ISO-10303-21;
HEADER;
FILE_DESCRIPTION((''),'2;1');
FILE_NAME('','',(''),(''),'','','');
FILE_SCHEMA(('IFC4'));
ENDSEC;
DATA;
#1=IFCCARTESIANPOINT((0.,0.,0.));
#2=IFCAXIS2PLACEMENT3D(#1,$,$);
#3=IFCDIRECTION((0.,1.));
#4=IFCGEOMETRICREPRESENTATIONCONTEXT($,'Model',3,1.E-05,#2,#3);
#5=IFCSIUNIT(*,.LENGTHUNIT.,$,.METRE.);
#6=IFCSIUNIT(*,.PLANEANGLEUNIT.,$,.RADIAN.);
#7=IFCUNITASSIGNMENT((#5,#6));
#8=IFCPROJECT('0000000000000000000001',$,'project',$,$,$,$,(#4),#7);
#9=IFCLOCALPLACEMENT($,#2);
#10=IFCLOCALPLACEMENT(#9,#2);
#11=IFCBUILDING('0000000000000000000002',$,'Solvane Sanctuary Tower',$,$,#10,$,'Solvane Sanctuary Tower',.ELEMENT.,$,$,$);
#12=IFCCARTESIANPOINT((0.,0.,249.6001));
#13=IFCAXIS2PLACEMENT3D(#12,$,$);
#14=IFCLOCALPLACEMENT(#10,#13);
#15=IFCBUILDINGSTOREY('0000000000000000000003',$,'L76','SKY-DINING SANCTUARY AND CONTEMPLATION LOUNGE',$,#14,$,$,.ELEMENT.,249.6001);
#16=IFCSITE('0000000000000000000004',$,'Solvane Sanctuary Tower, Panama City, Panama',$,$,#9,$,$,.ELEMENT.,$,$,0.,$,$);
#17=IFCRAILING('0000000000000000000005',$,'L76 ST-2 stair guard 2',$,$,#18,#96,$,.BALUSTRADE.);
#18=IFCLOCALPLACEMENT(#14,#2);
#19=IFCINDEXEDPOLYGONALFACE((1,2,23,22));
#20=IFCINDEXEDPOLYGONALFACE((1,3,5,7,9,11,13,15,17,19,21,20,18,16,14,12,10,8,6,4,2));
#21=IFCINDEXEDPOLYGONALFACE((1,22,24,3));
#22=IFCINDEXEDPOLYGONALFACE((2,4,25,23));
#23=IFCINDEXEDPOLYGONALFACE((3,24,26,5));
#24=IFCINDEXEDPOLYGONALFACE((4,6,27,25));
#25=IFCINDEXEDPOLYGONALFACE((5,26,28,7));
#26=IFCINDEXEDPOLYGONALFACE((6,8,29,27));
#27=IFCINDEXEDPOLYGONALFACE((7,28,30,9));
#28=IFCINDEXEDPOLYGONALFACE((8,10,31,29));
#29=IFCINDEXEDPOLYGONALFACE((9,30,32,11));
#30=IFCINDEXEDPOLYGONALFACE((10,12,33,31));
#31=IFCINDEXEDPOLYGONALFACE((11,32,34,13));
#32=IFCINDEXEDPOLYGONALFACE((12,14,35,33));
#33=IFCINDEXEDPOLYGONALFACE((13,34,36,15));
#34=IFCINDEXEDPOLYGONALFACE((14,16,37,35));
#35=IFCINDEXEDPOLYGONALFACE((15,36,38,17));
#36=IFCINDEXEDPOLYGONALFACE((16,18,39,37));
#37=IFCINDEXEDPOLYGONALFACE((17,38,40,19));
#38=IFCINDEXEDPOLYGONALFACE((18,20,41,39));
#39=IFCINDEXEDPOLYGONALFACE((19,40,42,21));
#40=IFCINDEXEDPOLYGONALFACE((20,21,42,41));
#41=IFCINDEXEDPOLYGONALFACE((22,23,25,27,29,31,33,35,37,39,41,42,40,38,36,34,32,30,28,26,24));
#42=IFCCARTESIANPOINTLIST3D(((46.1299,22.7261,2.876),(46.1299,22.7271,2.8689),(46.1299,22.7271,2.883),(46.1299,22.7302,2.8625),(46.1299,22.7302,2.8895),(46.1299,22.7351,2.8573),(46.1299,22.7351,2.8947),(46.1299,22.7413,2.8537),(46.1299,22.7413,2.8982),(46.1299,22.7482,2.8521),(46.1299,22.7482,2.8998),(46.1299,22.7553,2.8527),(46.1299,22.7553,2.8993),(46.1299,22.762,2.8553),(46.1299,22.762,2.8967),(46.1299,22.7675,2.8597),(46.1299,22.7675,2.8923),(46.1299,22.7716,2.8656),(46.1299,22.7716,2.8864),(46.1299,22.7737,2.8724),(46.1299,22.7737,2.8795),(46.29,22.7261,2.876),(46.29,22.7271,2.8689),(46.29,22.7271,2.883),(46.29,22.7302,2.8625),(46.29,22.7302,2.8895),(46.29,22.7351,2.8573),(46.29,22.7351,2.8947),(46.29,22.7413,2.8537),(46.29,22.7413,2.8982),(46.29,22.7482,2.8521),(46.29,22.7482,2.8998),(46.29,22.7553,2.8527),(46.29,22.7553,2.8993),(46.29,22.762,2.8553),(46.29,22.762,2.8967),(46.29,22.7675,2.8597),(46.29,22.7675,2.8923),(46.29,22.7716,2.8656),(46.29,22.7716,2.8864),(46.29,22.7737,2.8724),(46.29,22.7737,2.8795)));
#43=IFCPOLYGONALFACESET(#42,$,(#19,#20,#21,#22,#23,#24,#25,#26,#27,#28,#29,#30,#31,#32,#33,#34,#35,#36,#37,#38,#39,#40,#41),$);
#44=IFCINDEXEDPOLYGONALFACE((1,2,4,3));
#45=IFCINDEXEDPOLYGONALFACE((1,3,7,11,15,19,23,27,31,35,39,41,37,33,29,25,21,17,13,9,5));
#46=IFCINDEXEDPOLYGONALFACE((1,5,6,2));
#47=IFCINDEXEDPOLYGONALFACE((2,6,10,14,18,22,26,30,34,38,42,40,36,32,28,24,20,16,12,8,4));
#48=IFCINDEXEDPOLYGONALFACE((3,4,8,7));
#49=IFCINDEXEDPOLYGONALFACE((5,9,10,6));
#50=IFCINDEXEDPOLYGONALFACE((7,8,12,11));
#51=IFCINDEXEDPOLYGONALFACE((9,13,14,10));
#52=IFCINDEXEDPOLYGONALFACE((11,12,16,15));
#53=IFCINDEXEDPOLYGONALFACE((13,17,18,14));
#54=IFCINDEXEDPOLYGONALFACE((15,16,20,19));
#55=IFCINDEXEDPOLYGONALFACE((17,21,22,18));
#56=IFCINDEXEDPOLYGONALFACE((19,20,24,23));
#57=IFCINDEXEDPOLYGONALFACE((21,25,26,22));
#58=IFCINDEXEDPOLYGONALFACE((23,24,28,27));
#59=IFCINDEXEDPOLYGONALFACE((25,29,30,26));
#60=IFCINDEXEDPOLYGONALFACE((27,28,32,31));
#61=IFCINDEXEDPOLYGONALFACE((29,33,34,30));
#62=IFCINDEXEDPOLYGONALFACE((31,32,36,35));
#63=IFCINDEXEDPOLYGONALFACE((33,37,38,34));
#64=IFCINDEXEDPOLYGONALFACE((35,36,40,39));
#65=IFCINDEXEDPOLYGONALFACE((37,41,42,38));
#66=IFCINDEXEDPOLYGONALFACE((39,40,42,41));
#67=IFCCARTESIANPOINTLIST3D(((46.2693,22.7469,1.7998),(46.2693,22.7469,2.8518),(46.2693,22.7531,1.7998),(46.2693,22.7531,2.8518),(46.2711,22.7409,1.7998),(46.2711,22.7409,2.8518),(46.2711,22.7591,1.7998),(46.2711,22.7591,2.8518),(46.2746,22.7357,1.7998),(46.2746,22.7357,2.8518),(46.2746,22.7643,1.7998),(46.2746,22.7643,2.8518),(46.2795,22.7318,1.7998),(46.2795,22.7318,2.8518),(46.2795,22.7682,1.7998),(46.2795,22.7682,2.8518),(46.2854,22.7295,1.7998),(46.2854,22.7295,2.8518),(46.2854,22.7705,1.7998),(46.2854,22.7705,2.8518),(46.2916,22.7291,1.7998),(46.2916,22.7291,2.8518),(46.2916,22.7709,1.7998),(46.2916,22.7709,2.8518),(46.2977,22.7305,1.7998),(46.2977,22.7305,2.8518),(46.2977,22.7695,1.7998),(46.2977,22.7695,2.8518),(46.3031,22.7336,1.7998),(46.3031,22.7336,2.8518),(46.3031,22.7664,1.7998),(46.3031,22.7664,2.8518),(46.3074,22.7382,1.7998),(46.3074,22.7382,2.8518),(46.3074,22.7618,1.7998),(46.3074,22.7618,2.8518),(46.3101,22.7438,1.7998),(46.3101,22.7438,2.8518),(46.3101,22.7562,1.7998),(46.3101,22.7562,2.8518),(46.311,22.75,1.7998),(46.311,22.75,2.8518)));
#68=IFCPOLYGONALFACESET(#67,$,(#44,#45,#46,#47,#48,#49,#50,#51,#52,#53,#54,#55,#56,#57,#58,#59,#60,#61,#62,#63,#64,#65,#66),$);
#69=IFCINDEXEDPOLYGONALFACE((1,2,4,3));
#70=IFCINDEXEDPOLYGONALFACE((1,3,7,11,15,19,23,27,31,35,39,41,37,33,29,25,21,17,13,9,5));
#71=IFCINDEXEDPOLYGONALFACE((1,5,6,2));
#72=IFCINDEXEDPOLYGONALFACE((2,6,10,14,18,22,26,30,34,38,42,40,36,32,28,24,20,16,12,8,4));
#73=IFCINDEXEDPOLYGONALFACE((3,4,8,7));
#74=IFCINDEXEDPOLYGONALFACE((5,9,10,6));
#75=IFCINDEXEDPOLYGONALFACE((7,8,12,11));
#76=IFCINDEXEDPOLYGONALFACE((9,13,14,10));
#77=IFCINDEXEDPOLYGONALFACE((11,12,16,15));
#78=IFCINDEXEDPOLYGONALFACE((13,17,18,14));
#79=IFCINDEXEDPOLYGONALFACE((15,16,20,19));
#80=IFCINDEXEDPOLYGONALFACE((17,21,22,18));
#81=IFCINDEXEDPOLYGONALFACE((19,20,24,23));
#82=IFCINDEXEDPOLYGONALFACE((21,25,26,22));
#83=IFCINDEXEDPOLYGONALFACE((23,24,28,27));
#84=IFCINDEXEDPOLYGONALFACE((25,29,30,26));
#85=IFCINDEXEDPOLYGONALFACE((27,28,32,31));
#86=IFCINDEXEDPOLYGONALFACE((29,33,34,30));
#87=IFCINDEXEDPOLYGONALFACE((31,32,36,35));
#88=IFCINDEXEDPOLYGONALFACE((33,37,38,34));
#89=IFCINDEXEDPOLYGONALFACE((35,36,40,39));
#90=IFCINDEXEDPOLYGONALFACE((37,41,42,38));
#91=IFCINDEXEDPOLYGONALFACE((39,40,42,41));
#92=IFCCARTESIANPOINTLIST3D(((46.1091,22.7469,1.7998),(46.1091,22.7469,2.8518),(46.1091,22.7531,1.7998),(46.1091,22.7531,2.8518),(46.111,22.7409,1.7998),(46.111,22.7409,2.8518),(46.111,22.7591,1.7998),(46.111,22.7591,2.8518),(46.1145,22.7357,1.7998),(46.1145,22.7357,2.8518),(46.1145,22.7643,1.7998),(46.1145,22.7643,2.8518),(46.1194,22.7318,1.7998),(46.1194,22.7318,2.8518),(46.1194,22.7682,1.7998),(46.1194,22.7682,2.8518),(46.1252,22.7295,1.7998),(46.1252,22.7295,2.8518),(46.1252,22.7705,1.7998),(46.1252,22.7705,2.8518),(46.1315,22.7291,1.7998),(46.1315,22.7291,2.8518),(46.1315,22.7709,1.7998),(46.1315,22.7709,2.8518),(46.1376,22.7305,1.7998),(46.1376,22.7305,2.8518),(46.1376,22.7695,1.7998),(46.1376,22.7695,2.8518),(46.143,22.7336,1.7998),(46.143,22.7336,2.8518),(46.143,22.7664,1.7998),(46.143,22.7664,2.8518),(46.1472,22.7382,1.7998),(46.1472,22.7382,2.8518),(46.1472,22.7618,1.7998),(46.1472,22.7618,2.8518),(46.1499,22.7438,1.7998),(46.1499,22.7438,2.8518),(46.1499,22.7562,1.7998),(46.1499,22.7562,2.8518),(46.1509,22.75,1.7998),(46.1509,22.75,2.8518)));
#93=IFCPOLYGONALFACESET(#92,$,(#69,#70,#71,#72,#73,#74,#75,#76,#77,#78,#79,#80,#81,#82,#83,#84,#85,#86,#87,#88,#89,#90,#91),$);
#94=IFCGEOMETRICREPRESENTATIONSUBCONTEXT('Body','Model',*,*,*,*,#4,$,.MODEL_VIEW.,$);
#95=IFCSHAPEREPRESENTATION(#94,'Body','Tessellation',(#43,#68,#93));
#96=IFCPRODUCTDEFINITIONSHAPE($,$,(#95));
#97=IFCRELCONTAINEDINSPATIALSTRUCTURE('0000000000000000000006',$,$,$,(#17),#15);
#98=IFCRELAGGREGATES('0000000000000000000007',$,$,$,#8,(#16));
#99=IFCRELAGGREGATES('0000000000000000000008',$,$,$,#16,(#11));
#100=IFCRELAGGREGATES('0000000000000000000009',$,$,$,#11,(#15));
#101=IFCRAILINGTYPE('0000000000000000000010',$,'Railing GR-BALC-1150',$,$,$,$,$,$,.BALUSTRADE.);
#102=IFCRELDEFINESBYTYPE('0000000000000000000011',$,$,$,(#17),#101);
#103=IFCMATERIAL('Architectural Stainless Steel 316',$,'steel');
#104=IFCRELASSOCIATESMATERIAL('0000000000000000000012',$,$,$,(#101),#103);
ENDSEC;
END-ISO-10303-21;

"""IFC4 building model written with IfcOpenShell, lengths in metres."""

from ifc_helpers import new_model, si_unit, direction, frame, origin, origin_2d, place, context, subcontext, project, spatial, circle, extrude, material, type_object, element, save


model = new_model("IFC4")

# Units and contexts
model_context = context("Model", 3, precision=1e-05, world=origin(), true_north=direction((0.0, 1.0)))
body_context = subcontext(model_context, "Body", "Model", "MODEL_VIEW")
ifc_project = project(units=[si_unit("LENGTHUNIT", "METRE"), si_unit("PLANEANGLEUNIT", "RADIAN")], contexts=[model_context])

# Site, building, storey
site_placement = place(None, origin())
site = spatial("IfcSite", under=ifc_project, at=site_placement, Name="Solvane Sanctuary Tower, Panama City, Panama", CompositionType="ELEMENT", RefElevation=0.0)
building_placement = place(site_placement, origin())
building = spatial("IfcBuilding", under=site, at=building_placement, Name="Solvane Sanctuary Tower", LongName="Solvane Sanctuary Tower", CompositionType="ELEMENT")
storey_placement = place(building_placement, frame((0.0, 0.0, 249.6001)))
storey = spatial("IfcBuildingStorey", under=building, at=storey_placement, Name="L76", Description="SKY-DINING SANCTUARY AND CONTEMPLATION LOUNGE", CompositionType="ELEMENT", Elevation=249.6001)

# Shared definitions
ifc_material_1 = material(Name="Architectural Stainless Steel 316", Category="steel")

# Railing
railing_type_1 = type_object("IfcRailingType", Name="Railing GR-BALC-1150", PredefinedType="BALUSTRADE", material=ifc_material_1)
railing_1_placement = place(storey_placement, frame((46.29, 22.75, 1.7998)))
element("IfcRailing", 1, at=railing_1_placement, inside=storey, type_object=railing_type_1, Name="L76 ST-2 stair guard 2", PredefinedType="BALUSTRADE", context=body_context, shape_type="SweptSolid", body=[
    extrude(circle(Radius=0.0239, at=origin_2d()), frame((0.0, 0.0, 1.0762), z_axis=(-1.0, 0.0, 0.0), x_axis=(0.0, -1.0, 0.0)), (0.0, 0.0, 1.0), 0.1602),
    extrude(circle(Radius=0.021, at=origin_2d()), origin(), (0.0, 0.0, 1.0), 1.052),
    extrude(circle(Radius=0.021, at=origin_2d()), frame((-0.1602, 0.0, 0.0)), (0.0, 0.0, 1.0), 1.052),
])

save(model, "model.ifc")
